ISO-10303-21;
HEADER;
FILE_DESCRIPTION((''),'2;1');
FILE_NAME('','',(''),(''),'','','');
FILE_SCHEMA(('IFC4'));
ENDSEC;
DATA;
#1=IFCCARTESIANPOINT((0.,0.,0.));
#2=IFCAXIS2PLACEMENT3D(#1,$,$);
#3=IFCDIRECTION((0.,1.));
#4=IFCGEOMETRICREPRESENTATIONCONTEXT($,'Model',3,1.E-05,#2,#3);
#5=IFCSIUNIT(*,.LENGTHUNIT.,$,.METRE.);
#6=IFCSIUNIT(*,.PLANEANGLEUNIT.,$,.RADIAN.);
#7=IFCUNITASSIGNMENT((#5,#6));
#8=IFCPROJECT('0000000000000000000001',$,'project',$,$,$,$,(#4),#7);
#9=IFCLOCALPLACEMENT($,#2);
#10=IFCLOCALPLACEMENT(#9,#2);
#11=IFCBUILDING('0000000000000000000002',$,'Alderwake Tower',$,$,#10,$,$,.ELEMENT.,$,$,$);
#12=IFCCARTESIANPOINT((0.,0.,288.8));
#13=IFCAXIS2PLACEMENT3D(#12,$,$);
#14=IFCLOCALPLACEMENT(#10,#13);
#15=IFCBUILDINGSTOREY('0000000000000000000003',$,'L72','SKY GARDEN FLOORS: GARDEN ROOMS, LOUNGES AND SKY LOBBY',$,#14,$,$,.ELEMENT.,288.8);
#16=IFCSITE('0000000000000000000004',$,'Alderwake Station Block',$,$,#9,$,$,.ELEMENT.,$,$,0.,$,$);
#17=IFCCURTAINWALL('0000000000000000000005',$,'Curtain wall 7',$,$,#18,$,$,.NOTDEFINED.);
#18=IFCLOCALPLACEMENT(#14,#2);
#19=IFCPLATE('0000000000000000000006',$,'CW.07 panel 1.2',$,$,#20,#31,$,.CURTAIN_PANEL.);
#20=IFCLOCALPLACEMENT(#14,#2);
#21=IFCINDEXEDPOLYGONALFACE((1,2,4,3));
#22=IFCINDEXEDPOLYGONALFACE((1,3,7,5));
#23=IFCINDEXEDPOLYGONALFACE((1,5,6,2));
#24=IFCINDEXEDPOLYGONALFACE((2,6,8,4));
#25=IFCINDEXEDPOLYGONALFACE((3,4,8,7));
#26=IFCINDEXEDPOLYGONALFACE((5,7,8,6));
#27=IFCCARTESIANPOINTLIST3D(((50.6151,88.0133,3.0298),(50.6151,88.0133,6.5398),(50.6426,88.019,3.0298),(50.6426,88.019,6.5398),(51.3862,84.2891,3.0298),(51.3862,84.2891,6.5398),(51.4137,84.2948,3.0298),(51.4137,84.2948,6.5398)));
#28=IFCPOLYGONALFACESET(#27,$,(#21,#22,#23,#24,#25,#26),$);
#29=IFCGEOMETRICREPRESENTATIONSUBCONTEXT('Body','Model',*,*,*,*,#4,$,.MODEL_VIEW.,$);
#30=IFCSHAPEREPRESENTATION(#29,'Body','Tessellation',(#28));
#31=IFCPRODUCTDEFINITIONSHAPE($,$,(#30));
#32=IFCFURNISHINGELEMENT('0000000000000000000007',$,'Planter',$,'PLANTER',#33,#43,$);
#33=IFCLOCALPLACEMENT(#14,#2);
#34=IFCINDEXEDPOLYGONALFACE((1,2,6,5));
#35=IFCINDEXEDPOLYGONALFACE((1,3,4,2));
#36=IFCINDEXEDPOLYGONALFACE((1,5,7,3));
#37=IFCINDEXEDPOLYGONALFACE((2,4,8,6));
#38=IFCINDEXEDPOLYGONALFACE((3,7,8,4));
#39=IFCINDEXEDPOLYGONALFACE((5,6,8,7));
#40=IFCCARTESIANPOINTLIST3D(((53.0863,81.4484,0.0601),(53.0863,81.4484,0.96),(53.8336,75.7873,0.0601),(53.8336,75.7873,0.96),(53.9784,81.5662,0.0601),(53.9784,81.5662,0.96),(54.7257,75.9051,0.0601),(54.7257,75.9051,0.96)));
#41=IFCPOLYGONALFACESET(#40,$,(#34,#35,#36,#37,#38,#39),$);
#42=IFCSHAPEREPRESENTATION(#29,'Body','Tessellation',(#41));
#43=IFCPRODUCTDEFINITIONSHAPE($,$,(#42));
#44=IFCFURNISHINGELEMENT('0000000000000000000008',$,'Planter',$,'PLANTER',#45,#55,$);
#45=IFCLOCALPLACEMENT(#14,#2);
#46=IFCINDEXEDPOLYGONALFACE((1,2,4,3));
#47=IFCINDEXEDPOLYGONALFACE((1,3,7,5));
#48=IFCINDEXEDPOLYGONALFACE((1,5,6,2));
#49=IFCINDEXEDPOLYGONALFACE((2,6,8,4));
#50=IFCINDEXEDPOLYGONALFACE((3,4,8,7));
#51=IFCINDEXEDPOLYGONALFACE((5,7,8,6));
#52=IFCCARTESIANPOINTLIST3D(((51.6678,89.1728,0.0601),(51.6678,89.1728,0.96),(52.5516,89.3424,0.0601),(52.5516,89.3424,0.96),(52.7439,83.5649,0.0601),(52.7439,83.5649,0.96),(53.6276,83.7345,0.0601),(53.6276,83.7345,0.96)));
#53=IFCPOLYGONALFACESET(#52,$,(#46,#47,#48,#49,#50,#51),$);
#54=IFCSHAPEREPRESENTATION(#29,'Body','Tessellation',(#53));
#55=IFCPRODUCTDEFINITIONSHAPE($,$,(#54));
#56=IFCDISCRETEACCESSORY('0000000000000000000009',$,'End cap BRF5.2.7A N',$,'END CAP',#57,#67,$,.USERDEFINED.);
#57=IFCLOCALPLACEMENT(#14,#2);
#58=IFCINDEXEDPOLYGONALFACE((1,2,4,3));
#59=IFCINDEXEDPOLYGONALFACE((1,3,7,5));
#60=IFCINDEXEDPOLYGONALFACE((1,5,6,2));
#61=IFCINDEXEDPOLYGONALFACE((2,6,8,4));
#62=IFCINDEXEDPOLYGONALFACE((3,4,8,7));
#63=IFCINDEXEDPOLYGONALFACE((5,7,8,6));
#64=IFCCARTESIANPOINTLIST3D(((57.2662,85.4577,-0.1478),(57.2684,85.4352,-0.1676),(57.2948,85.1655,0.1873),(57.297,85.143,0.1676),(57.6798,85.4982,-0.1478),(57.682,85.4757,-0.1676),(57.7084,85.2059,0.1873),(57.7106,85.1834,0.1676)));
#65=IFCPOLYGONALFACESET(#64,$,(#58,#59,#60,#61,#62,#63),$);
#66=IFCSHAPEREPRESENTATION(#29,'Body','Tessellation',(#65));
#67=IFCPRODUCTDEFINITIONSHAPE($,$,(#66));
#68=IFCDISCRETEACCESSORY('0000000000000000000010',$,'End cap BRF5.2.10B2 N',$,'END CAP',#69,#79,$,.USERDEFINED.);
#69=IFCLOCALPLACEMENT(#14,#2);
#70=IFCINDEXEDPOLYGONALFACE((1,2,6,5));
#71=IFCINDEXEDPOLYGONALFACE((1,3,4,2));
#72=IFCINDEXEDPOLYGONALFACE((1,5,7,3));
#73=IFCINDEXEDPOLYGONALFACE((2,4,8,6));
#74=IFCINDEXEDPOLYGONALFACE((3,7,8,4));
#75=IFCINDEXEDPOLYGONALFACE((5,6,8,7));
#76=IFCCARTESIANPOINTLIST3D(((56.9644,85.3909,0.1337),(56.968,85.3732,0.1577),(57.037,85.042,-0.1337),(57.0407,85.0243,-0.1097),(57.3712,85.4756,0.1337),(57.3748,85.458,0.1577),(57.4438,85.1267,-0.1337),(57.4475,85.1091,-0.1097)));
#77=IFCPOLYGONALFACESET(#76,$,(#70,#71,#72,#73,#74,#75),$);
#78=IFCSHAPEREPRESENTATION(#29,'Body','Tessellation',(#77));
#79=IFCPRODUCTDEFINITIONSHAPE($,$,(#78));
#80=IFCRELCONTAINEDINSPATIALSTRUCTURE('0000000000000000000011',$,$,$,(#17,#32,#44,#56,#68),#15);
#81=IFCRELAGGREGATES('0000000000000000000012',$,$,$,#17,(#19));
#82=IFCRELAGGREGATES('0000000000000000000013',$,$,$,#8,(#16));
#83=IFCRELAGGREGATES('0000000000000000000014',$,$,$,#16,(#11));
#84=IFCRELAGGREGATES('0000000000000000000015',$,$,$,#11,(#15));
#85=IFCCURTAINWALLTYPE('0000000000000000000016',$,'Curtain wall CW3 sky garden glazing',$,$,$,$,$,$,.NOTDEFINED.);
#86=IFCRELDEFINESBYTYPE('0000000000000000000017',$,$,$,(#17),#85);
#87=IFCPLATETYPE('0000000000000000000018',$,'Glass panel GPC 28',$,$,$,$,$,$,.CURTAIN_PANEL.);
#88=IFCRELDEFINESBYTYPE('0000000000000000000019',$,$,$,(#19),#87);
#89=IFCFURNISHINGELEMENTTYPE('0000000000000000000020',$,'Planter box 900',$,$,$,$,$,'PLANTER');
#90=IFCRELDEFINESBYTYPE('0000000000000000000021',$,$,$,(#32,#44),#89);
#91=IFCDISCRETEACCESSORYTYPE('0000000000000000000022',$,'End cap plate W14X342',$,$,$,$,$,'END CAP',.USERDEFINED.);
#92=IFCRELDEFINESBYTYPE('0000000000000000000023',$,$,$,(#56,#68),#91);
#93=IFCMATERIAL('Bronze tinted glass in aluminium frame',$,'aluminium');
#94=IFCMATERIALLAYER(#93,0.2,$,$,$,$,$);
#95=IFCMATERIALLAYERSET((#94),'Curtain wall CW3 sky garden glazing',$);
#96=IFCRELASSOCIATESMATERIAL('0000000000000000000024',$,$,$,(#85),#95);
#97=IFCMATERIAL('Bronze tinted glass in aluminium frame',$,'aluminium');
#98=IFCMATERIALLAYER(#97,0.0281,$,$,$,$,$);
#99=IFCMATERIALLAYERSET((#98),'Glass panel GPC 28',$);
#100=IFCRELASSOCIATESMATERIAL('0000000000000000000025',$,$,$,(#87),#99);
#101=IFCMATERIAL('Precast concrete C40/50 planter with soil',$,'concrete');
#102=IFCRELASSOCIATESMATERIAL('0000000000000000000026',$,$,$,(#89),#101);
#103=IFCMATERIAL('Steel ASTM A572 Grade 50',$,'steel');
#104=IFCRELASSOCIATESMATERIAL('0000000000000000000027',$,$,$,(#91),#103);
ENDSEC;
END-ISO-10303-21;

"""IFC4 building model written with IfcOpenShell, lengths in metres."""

from ifc_helpers import new_model, si_unit, direction, frame, origin, origin_2d, place, context, subcontext, project, spatial, rectangle, extrude, material, layer, layer_set, material_profile, profile_set, type_object, element, aggregate, save


model = new_model("IFC4")

# Units and contexts
model_context = context("Model", 3, precision=1e-05, world=origin(), true_north=direction((0.0, 1.0)))
body_context = subcontext(model_context, "Body", "Model", "MODEL_VIEW")
ifc_project = project(units=[si_unit("LENGTHUNIT", "METRE"), si_unit("PLANEANGLEUNIT", "RADIAN")], contexts=[model_context])

# Site, building, storey
site_placement = place(None, origin())
site = spatial("IfcSite", under=ifc_project, at=site_placement, Name="Alderwake Station Block", CompositionType="ELEMENT", RefElevation=0.0)
building_placement = place(site_placement, origin())
building = spatial("IfcBuilding", under=site, at=building_placement, Name="Alderwake Tower", CompositionType="ELEMENT")
storey_placement = place(building_placement, frame((0.0, 0.0, 288.8)))
storey = spatial("IfcBuildingStorey", under=building, at=storey_placement, Name="L72", Description="SKY GARDEN FLOORS: GARDEN ROOMS, LOUNGES AND SKY LOBBY", CompositionType="ELEMENT", Elevation=288.8)

# Curtain wall, plate
ifc_material_1 = material(Name="Bronze tinted glass in aluminium frame", Category="aluminium")
ifc_layer_1 = layer(ifc_material_1, 0.2)
ifc_layer_set_1 = layer_set([ifc_layer_1], Name="Curtain wall CW3 sky garden glazing")
curtain_wall_type = type_object("IfcCurtainWallType", Name="Curtain wall CW3 sky garden glazing", PredefinedType="NOTDEFINED", material=ifc_layer_set_1)
curtain_wall_placement = place(storey_placement, origin())
curtain_wall = element("IfcCurtainWall", 1, at=curtain_wall_placement, inside=storey, type_object=curtain_wall_type, Name="Curtain wall 7", PredefinedType="NOTDEFINED")
ifc_material_2 = material(Name="Bronze tinted glass in aluminium frame", Category="aluminium")
ifc_layer_2 = layer(ifc_material_2, 0.0281)
ifc_layer_set_2 = layer_set([ifc_layer_2], Name="Glass panel GPC 28")
plate_type = type_object("IfcPlateType", Name="Glass panel GPC 28", PredefinedType="CURTAIN_PANEL", material=ifc_layer_set_2)
plate_1_placement = place(storey_placement, frame((51.0144, 86.1541, 3.0298), z_axis=(0.0, 0.0, 1.0), x_axis=(-0.20275, 0.97923, 0.0)))
plate_1 = element("IfcPlate", 2, at=plate_1_placement, type_object=plate_type, Name="CW.07 panel 1.2", PredefinedType="CURTAIN_PANEL", context=body_context, shape_type="SweptSolid", body=[
    extrude(rectangle(XDim=3.8032, YDim=0.0281, at=origin_2d()), origin(), (0.0, 0.0, 1.0), 3.51),
])
aggregate(curtain_wall, [plate_1])

# Furnishing elements
ifc_material_3 = material(Name="Precast concrete C40/50 planter with soil", Category="concrete")
furnishing_element_type = type_object("IfcFurnishingElementType", Name="Planter box 900", ElementType="PLANTER", material=ifc_material_3)
for number, where, z_axis, x_axis, name in (
    (3, (53.906, 78.6768, 0.0601), (0.0, 0.0, 1.0), (0.991399, 0.130874, 0.0), "Planter"),
    (4, (52.6477, 86.4536, 0.0601), (0.0, 0.0, 1.0), (0.982083, 0.188449, 0.0), "Planter"),
):
    element("IfcFurnishingElement", number, at=place(storey_placement, frame(where, z_axis=z_axis, x_axis=x_axis)), inside=storey, type_object=furnishing_element_type, Name=name, ObjectType="PLANTER", context=body_context, shape_type="SweptSolid", body=[
        extrude(rectangle(XDim=0.8999, YDim=5.7102, at=origin_2d()), origin(), (0.0, 0.0, 1.0), 0.8999),
    ])

# Discrete accessories
ifc_material_4 = material(Name="Steel ASTM A572 Grade 50", Category="steel")
ifc_material_profile_1 = material_profile(ifc_material_4, rectangle(XDim=0.4155, YDim=0.4456, at=origin_2d()), Name="W14X342 cap")
ifc_profile_set_1 = profile_set([ifc_material_profile_1], Name="Steel ASTM A572 Grade 50")
discrete_accessory_type = type_object("IfcDiscreteAccessoryType", Name="End cap plate W14X342", ElementType="END CAP", PredefinedType="USERDEFINED", material=ifc_profile_set_1)
for number, where, z_axis, x_axis, name in (
    (5, (57.4895, 85.3093, 0.0), (-0.073226, 0.748537, 0.659038), (-0.995249, -0.097361, 0.0), "End cap BRF5.2.7A N"),
    (6, (57.2041, 85.2588, 0.0), (0.122421, -0.587623, 0.79982), (0.97898, 0.203954, 0.0), "End cap BRF5.2.10B2 N"),
):
    element("IfcDiscreteAccessory", number, at=place(storey_placement, frame(where, z_axis=z_axis, x_axis=x_axis)), inside=storey, type_object=discrete_accessory_type, Name=name, ObjectType="END CAP", PredefinedType="USERDEFINED", context=body_context, shape_type="SweptSolid", body=[
        extrude(rectangle(XDim=0.4155, YDim=0.4456, at=origin_2d()), origin(), (0.0, 0.0, 1.0), 0.03),
    ])

save(model, "model.ifc")
